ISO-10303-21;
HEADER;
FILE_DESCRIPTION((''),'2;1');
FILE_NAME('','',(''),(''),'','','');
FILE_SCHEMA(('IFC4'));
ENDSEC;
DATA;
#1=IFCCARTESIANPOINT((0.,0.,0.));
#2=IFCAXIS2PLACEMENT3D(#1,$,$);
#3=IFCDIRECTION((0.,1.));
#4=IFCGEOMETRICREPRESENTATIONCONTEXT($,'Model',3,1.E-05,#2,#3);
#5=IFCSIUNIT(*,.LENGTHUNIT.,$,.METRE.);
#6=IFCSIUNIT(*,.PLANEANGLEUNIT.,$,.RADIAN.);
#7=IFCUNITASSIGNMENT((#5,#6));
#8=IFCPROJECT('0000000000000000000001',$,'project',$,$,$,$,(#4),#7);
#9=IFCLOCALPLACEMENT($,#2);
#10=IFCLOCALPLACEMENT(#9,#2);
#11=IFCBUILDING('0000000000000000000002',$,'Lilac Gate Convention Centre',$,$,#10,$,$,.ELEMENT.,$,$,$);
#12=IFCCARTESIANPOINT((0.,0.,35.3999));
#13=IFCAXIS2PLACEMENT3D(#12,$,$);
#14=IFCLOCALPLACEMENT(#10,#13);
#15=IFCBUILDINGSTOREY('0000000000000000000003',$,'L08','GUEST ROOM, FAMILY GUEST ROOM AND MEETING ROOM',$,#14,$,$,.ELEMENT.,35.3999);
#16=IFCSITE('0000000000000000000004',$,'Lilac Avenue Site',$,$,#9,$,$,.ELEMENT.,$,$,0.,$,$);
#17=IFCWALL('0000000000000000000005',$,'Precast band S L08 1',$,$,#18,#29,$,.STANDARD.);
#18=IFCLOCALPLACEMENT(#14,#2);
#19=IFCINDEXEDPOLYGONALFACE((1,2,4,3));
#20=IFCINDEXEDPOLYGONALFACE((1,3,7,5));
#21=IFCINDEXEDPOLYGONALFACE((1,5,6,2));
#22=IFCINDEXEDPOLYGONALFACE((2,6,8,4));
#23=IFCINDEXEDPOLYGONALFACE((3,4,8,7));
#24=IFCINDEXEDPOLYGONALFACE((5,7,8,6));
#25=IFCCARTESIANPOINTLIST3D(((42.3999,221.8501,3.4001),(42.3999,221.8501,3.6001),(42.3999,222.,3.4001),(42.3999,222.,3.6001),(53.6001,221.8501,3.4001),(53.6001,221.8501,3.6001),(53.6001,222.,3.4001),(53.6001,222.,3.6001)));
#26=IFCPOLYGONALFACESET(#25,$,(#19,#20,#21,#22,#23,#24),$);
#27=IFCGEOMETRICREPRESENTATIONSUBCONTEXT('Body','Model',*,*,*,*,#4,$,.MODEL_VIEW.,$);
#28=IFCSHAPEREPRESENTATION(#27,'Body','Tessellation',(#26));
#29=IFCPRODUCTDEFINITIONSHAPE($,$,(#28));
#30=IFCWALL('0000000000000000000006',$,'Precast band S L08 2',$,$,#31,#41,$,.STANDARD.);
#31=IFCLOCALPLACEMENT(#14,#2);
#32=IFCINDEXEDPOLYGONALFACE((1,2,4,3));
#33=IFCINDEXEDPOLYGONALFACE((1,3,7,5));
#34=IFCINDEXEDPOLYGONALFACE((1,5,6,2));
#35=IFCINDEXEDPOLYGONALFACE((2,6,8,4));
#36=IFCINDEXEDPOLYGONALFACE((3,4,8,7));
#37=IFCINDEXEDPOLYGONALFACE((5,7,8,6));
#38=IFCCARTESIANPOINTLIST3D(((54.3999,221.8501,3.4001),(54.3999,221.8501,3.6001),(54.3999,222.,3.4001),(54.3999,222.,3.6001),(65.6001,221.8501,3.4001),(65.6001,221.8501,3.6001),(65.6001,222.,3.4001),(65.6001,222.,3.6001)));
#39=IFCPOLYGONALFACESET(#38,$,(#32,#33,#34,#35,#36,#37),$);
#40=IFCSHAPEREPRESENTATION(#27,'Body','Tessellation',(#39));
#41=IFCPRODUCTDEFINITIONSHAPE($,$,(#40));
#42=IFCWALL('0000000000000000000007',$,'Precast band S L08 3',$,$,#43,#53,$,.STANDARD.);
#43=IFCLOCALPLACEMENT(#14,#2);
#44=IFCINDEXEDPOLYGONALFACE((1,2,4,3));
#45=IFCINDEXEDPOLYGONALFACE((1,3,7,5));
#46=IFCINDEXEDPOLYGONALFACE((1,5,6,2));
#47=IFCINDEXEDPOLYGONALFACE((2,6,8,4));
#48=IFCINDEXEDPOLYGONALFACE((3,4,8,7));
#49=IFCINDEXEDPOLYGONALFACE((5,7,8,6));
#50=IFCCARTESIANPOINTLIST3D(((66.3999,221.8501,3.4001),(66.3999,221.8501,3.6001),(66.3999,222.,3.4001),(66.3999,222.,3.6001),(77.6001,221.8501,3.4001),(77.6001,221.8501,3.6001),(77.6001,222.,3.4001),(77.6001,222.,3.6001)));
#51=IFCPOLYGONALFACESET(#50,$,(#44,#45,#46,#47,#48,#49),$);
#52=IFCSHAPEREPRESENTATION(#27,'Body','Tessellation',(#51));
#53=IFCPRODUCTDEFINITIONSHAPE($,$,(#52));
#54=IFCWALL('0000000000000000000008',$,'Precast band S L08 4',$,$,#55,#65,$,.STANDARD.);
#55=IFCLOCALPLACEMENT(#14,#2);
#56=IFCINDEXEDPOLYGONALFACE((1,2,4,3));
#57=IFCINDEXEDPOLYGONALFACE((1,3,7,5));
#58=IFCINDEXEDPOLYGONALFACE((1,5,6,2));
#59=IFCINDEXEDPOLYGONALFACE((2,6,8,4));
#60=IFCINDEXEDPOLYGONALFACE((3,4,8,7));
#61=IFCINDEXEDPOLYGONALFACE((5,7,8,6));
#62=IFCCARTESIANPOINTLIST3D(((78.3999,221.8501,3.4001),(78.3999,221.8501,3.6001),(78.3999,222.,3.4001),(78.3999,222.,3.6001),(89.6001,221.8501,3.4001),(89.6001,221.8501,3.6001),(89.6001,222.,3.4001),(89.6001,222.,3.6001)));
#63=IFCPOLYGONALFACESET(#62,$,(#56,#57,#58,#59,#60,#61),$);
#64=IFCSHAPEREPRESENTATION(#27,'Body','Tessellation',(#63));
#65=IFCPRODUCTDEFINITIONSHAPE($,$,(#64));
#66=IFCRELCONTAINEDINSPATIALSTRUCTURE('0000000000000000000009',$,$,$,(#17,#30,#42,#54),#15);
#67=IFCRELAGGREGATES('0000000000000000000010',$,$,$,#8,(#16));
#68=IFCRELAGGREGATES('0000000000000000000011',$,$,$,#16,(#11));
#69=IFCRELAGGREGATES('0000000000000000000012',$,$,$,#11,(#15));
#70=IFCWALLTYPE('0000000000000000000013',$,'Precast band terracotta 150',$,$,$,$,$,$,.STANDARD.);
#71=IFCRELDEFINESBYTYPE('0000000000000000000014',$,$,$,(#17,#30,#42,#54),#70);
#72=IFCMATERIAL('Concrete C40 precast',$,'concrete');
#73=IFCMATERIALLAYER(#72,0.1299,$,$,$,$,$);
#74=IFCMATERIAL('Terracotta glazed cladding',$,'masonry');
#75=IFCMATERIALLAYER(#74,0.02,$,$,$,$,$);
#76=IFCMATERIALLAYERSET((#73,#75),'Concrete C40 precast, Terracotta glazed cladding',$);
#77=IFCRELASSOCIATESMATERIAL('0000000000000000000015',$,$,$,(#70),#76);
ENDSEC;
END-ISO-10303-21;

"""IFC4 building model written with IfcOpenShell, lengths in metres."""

from ifc_helpers import new_model, si_unit, direction, frame, frame_2d, origin, place, context, subcontext, project, spatial, rectangle, extrude, material, layer, layer_set, type_object, element, save


model = new_model("IFC4")

# Units and contexts
model_context = context("Model", 3, precision=1e-05, world=origin(), true_north=direction((0.0, 1.0)))
body_context = subcontext(model_context, "Body", "Model", "MODEL_VIEW")
ifc_project = project(units=[si_unit("LENGTHUNIT", "METRE"), si_unit("PLANEANGLEUNIT", "RADIAN")], contexts=[model_context])

# Site, building, storey
site_placement = place(None, origin())
site = spatial("IfcSite", under=ifc_project, at=site_placement, Name="Lilac Avenue Site", CompositionType="ELEMENT", RefElevation=0.0)
building_placement = place(site_placement, origin())
building = spatial("IfcBuilding", under=site, at=building_placement, Name="Lilac Gate Convention Centre", CompositionType="ELEMENT")
storey_placement = place(building_placement, frame((0.0, 0.0, 35.3999)))
storey = spatial("IfcBuildingStorey", under=building, at=storey_placement, Name="L08", Description="GUEST ROOM, FAMILY GUEST ROOM AND MEETING ROOM", CompositionType="ELEMENT", Elevation=35.3999)

# Walls
ifc_material_1 = material(Name="Concrete C40 precast", Category="concrete")
ifc_layer_1 = layer(ifc_material_1, 0.1299)
ifc_material_2 = material(Name="Terracotta glazed cladding", Category="masonry")
ifc_layer_2 = layer(ifc_material_2, 0.02)
ifc_layer_set_1 = layer_set([ifc_layer_1, ifc_layer_2], Name="Concrete C40 precast, Terracotta glazed cladding")
wall_type = type_object("IfcWallType", Name="Precast band terracotta 150", PredefinedType="STANDARD", material=ifc_layer_set_1)
for number, where, z_axis, x_axis, name in (
    (1, (42.3999, 221.925, 3.4001), (0.0, 0.0, 1.0), (1.0, 0.0, 0.0), "Precast band S L08 1"),
    (2, (54.3999, 221.925, 3.4001), (0.0, 0.0, 1.0), (1.0, 0.0, 0.0), "Precast band S L08 2"),
    (3, (66.3999, 221.925, 3.4001), (0.0, 0.0, 1.0), (1.0, 0.0, 0.0), "Precast band S L08 3"),
    (4, (78.3999, 221.925, 3.4001), (0.0, 0.0, 1.0), (1.0, 0.0, 0.0), "Precast band S L08 4"),
):
    element("IfcWall", number, at=place(storey_placement, frame(where, z_axis=z_axis, x_axis=x_axis)), inside=storey, type_object=wall_type, Name=name, PredefinedType="STANDARD", context=body_context, shape_type="SweptSolid", body=[
        extrude(rectangle(XDim=11.2002, YDim=0.1499, at=frame_2d((5.6001, 0.0))), origin(), (0.0, 0.0, 1.0), 0.2),
    ])

save(model, "model.ifc")
